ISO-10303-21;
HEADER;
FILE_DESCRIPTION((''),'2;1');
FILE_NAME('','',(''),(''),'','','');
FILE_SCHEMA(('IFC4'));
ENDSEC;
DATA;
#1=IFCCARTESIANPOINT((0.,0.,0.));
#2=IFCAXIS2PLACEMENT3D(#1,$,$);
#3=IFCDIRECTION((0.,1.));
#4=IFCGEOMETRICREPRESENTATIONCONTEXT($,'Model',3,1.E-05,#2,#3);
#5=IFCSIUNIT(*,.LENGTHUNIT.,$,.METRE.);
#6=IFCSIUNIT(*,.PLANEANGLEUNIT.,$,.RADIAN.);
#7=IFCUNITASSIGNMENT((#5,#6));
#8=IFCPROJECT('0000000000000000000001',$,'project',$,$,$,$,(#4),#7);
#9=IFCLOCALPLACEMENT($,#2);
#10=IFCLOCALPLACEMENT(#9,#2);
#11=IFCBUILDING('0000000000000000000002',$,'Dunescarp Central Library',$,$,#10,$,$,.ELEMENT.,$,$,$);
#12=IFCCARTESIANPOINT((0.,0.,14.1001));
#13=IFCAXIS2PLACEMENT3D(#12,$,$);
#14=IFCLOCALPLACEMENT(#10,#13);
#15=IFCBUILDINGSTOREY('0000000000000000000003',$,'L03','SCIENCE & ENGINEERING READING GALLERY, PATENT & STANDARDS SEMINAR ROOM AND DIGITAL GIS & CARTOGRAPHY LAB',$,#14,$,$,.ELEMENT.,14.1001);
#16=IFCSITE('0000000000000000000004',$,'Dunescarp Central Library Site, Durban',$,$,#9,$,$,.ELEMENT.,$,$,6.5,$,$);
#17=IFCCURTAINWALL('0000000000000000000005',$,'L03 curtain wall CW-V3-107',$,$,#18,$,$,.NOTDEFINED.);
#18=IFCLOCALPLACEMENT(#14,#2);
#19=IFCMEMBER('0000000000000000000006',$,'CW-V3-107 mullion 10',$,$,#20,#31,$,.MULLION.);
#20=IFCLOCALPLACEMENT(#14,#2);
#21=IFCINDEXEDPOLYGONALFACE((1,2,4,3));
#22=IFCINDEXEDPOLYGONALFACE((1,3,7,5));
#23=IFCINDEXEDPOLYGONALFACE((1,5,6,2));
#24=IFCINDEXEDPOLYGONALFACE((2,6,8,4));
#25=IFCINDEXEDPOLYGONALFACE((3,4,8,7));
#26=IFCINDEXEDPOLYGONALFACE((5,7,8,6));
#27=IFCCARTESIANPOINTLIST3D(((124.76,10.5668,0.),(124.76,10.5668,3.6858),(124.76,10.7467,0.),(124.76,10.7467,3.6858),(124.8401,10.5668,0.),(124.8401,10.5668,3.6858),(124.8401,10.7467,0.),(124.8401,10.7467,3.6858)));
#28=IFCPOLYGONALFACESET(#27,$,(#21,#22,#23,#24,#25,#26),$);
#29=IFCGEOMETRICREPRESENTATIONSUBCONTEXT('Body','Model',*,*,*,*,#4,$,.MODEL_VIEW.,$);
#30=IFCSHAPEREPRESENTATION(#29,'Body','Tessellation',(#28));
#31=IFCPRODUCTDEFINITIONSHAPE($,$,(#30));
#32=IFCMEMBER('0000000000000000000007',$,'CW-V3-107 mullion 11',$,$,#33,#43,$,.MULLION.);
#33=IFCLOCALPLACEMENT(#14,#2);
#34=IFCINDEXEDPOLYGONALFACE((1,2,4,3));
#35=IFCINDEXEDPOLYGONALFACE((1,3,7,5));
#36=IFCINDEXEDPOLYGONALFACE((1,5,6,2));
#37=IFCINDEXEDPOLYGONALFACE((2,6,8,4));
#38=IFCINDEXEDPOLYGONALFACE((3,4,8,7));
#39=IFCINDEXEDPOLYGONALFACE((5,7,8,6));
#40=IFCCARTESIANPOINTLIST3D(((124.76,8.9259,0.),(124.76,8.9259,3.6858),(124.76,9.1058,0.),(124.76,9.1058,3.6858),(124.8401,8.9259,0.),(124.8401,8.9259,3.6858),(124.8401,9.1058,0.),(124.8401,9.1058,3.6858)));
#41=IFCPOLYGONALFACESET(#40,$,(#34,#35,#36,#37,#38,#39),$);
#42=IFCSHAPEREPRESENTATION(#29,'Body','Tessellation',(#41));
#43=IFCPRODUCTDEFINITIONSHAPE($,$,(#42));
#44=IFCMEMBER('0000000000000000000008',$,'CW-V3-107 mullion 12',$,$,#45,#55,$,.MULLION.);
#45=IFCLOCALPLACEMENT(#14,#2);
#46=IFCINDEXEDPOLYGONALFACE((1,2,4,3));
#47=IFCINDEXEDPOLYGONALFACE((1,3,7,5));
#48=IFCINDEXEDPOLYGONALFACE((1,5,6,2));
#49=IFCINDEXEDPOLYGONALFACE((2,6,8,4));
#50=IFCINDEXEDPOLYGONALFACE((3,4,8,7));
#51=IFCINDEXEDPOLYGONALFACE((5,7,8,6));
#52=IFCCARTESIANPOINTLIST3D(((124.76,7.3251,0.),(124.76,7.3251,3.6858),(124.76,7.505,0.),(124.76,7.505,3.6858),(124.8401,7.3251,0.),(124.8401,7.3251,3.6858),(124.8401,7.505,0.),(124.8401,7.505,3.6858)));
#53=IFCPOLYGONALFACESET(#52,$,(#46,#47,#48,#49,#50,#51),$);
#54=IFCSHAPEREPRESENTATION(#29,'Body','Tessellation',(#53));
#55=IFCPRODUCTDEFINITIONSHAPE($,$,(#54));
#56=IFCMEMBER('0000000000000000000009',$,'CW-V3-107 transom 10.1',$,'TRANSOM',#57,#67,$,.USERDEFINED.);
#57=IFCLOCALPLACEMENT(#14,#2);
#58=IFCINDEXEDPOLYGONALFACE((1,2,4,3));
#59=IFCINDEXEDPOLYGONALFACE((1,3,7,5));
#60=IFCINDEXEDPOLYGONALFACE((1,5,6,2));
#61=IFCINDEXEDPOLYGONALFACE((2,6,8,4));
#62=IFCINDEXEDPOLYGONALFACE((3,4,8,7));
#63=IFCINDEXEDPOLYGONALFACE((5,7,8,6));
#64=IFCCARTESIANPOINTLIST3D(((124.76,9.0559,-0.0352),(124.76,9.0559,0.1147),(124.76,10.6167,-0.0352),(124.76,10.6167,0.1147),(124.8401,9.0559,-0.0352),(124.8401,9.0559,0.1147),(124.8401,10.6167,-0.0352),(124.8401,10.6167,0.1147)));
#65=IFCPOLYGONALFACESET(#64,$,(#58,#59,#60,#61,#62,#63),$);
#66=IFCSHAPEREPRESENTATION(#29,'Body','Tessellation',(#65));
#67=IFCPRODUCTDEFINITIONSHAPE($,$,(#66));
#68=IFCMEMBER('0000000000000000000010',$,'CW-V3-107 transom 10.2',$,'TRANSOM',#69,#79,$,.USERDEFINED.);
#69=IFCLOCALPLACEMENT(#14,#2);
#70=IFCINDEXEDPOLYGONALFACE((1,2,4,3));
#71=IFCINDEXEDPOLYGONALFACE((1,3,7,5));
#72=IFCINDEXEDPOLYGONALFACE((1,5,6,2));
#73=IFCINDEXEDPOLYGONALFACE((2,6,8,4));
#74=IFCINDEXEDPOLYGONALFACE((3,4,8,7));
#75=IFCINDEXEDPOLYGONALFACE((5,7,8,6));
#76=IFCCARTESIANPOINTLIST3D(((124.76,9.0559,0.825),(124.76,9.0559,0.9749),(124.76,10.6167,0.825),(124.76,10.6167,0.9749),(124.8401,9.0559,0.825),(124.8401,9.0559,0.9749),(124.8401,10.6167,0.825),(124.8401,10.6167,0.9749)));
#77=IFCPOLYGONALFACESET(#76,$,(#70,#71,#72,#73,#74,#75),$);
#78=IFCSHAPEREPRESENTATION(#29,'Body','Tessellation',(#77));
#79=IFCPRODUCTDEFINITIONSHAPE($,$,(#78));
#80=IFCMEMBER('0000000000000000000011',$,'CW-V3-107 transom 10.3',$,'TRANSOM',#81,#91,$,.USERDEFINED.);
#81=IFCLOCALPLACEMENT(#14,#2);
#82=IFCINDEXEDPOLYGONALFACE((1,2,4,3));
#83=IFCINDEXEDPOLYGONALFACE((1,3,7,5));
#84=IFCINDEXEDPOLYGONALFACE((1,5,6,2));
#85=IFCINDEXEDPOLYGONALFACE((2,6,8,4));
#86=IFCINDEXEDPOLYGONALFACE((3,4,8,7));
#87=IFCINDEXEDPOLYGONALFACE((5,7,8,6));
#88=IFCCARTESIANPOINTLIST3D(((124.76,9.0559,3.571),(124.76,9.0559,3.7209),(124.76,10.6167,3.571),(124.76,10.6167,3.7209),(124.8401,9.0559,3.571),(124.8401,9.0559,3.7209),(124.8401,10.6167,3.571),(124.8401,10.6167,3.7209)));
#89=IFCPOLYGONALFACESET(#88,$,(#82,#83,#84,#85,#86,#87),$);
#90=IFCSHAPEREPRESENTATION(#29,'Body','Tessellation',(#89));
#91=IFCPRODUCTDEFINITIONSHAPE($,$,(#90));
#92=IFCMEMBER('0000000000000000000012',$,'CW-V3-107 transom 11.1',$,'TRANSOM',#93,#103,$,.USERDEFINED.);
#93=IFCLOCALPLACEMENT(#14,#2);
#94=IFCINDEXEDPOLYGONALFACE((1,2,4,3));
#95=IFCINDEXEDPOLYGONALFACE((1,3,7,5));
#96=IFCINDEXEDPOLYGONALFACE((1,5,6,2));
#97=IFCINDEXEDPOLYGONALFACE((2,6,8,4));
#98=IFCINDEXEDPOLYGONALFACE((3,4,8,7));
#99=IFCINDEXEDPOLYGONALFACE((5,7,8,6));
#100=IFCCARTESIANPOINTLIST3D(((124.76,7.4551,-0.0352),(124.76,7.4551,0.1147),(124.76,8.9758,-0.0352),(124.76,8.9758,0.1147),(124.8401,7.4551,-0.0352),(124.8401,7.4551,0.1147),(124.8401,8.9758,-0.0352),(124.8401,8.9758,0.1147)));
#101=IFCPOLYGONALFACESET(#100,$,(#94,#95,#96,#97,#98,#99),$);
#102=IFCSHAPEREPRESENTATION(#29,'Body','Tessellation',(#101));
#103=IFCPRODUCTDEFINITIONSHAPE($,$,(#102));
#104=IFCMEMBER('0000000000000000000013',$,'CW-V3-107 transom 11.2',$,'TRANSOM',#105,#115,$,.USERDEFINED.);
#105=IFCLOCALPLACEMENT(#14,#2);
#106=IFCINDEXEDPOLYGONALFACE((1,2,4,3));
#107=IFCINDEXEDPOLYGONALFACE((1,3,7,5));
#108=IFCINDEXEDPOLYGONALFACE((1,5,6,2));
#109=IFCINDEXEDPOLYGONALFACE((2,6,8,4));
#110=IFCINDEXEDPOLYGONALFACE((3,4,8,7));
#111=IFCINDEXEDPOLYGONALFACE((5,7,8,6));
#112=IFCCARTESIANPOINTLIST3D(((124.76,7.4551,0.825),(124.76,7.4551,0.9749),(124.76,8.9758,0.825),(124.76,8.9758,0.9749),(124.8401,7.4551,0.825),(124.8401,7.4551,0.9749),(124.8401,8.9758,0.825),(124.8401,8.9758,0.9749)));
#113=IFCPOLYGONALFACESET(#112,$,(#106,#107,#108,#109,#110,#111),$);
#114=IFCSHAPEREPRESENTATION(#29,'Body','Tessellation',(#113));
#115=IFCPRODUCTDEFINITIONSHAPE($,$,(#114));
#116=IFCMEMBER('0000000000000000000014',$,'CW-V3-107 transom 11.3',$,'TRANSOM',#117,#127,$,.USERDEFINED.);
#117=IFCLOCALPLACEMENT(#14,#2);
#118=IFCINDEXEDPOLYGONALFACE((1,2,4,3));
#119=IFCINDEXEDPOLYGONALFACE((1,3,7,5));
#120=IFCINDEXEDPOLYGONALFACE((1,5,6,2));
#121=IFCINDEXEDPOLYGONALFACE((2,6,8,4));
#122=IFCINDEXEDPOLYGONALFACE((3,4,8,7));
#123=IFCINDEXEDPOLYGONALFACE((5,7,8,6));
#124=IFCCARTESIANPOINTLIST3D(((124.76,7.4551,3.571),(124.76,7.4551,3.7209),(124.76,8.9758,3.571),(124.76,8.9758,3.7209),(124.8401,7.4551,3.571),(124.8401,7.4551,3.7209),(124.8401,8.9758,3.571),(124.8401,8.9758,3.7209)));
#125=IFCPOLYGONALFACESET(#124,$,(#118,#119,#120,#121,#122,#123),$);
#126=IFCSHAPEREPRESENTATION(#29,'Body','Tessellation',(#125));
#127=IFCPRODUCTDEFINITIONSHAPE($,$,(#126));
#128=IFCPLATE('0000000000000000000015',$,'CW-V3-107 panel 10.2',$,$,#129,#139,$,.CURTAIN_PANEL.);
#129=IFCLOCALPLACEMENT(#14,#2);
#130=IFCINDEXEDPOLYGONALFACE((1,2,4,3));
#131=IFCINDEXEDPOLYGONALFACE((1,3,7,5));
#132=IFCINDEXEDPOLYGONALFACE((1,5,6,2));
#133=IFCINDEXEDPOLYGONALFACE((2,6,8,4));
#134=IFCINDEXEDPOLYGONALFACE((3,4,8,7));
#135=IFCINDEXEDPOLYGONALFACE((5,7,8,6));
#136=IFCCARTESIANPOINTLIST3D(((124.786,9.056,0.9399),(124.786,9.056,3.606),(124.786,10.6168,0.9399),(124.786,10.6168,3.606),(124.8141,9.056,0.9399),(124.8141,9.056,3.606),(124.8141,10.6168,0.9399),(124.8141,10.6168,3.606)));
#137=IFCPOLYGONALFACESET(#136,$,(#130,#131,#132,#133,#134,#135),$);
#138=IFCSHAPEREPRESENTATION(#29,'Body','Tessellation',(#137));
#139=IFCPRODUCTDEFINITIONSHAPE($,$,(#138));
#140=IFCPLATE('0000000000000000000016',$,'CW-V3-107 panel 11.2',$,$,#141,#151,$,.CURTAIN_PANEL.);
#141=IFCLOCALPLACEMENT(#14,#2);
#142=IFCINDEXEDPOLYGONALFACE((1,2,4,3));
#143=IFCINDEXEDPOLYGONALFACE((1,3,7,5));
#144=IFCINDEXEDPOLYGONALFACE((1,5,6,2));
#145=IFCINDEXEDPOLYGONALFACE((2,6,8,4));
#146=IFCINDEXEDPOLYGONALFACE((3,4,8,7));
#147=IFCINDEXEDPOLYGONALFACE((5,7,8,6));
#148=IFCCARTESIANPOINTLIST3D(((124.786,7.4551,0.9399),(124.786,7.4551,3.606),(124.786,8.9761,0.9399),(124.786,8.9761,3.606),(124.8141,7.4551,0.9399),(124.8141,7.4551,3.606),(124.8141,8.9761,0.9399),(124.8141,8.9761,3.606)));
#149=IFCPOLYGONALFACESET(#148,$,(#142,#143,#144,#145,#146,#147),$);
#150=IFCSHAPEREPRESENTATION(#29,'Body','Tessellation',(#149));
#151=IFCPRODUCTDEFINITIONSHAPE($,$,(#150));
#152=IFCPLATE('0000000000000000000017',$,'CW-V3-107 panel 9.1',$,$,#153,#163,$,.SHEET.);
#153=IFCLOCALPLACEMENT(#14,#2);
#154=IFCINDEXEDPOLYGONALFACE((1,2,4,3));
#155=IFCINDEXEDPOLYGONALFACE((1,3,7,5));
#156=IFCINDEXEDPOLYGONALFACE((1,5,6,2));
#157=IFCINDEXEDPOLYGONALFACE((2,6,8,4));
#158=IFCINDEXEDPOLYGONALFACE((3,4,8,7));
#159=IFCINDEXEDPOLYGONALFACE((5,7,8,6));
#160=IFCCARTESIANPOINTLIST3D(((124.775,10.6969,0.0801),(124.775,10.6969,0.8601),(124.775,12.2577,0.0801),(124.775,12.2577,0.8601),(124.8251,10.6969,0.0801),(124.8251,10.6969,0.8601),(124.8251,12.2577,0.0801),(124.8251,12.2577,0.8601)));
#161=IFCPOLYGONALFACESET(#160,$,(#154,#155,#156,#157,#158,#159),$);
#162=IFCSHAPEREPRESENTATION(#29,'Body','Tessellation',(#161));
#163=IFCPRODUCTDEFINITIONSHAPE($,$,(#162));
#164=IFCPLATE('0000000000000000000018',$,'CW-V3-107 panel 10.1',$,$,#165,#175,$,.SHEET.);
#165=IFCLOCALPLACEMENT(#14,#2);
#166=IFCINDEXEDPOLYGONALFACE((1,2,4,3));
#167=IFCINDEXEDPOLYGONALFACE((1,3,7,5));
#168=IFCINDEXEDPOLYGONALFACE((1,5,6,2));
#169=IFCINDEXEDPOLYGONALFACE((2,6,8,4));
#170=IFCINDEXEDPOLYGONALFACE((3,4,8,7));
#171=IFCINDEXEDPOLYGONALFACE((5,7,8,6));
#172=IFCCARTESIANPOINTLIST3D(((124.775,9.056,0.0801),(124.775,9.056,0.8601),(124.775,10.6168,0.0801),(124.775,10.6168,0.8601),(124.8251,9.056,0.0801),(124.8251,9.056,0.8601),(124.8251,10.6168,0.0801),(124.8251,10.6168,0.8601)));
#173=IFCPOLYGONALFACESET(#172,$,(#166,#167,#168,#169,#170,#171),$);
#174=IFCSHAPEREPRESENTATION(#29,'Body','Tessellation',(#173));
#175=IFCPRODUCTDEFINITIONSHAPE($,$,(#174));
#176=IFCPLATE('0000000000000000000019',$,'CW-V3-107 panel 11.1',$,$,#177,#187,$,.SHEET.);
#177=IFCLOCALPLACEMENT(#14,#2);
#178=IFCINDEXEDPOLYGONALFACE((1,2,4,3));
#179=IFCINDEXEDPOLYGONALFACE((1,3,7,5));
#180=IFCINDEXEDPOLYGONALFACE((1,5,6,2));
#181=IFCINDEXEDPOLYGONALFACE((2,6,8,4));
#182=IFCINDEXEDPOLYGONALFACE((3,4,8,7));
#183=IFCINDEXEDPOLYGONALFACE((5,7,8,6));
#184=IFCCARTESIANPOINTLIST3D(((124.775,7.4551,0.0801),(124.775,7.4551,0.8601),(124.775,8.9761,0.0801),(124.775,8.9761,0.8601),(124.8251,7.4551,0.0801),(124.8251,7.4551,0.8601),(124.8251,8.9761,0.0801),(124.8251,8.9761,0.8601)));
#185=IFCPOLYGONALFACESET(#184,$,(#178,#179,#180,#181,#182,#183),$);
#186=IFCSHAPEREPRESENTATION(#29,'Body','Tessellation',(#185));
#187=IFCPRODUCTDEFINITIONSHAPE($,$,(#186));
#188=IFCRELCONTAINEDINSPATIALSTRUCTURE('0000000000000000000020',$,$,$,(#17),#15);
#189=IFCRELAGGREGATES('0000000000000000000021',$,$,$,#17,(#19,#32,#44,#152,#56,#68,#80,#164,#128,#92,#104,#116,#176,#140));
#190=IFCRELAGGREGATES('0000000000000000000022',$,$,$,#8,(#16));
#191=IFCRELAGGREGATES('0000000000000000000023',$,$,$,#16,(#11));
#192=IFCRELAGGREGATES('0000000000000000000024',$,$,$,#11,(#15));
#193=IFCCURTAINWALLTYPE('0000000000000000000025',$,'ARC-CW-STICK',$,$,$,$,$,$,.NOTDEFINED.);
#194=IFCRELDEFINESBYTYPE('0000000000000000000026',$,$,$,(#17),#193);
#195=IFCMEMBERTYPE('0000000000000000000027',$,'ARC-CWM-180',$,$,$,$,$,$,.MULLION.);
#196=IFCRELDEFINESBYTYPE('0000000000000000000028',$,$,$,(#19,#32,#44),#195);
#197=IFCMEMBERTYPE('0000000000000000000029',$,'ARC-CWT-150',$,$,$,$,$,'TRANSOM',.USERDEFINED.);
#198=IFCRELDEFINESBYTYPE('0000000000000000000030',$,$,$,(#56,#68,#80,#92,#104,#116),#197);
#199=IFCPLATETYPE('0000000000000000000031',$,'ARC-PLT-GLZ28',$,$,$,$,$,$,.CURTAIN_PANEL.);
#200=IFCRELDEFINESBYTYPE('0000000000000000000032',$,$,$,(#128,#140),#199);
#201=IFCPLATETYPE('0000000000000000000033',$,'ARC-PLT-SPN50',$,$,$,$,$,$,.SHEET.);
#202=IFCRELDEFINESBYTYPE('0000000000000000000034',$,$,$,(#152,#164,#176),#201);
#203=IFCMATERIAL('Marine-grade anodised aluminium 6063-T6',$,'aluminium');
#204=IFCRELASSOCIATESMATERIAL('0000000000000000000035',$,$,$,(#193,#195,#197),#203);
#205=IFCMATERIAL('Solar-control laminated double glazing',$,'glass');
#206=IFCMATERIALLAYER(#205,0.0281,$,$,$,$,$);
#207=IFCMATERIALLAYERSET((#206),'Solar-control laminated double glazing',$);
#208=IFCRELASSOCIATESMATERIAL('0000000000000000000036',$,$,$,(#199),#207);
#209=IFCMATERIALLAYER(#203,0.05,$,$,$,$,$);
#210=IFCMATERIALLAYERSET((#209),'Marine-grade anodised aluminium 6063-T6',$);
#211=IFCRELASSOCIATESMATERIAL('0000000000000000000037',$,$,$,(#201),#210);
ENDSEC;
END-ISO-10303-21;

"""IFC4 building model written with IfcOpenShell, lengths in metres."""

from ifc_helpers import new_model, si_unit, direction, frame, origin, origin_2d, place, context, subcontext, project, spatial, rectangle, extrude, material, layer, layer_set, material_profile, profile_set, type_object, element, aggregate, save


model = new_model("IFC4")

# Units and contexts
model_context = context("Model", 3, precision=1e-05, world=origin(), true_north=direction((0.0, 1.0)))
body_context = subcontext(model_context, "Body", "Model", "MODEL_VIEW")
ifc_project = project(units=[si_unit("LENGTHUNIT", "METRE"), si_unit("PLANEANGLEUNIT", "RADIAN")], contexts=[model_context])

# Site, building, storey
site_placement = place(None, origin())
site = spatial("IfcSite", under=ifc_project, at=site_placement, Name="Dunescarp Central Library Site, Durban", CompositionType="ELEMENT", RefElevation=6.5)
building_placement = place(site_placement, origin())
building = spatial("IfcBuilding", under=site, at=building_placement, Name="Dunescarp Central Library", CompositionType="ELEMENT")
storey_placement = place(building_placement, frame((0.0, 0.0, 14.1001)))
storey = spatial("IfcBuildingStorey", under=building, at=storey_placement, Name="L03", Description="SCIENCE & ENGINEERING READING GALLERY, PATENT & STANDARDS SEMINAR ROOM AND DIGITAL GIS & CARTOGRAPHY LAB", CompositionType="ELEMENT", Elevation=14.1001)

# Curtain wall, members, plates
ifc_material_1 = material(Name="Marine-grade anodised aluminium 6063-T6", Category="aluminium")
curtain_wall_type = type_object("IfcCurtainWallType", Name="ARC-CW-STICK", PredefinedType="NOTDEFINED", material=ifc_material_1)
curtain_wall_placement = place(storey_placement, origin())
curtain_wall = element("IfcCurtainWall", 1, at=curtain_wall_placement, inside=storey, type_object=curtain_wall_type, Name="L03 curtain wall CW-V3-107", PredefinedType="NOTDEFINED")
ifc_material_profile_1 = material_profile(ifc_material_1, rectangle(XDim=0.0801, YDim=0.1799, at=origin_2d()), Name="AL 80x180")
ifc_profile_set_1 = profile_set([ifc_material_profile_1], Name="Marine-grade anodised aluminium 6063-T6")
member_type_1 = type_object("IfcMemberType", Name="ARC-CWM-180", PredefinedType="MULLION", material=ifc_profile_set_1)
member_1_placement = place(storey_placement, frame((124.8, 10.6567, 0.0), z_axis=(0.0, 0.0, 1.0), x_axis=(1.0, 0.0, 0.0)))
member_1 = element("IfcMember", 2, at=member_1_placement, type_object=member_type_1, Name="CW-V3-107 mullion 10", PredefinedType="MULLION", context=body_context, shape_type="SweptSolid", body=[
    extrude(rectangle(XDim=0.0801, YDim=0.1799, at=origin_2d()), origin(), (0.0, 0.0, 1.0), 3.6858),
])
member_2_placement = place(storey_placement, frame((124.8, 9.0159, 0.0), z_axis=(0.0, 0.0, 1.0), x_axis=(1.0, 0.0, 0.0)))
member_2 = element("IfcMember", 3, at=member_2_placement, type_object=member_type_1, Name="CW-V3-107 mullion 11", PredefinedType="MULLION", context=body_context, shape_type="SweptSolid", body=[
    extrude(rectangle(XDim=0.0801, YDim=0.1799, at=origin_2d()), origin(), (0.0, 0.0, 1.0), 3.6858),
])
member_3_placement = place(storey_placement, frame((124.8, 7.415, 0.0), z_axis=(0.0, 0.0, 1.0), x_axis=(1.0, 0.0, 0.0)))
member_3 = element("IfcMember", 4, at=member_3_placement, type_object=member_type_1, Name="CW-V3-107 mullion 12", PredefinedType="MULLION", context=body_context, shape_type="SweptSolid", body=[
    extrude(rectangle(XDim=0.0801, YDim=0.1799, at=origin_2d()), origin(), (0.0, 0.0, 1.0), 3.6858),
])
ifc_material_profile_2 = material_profile(ifc_material_1, rectangle(XDim=0.0801, YDim=0.1499, at=origin_2d()), Name="AL 80x150")
ifc_profile_set_2 = profile_set([ifc_material_profile_2], Name="Marine-grade anodised aluminium 6063-T6")
member_type_2 = type_object("IfcMemberType", Name="ARC-CWT-150", ElementType="TRANSOM", PredefinedType="USERDEFINED", material=ifc_profile_set_2)
member_4_placement = place(storey_placement, frame((124.8, 10.6167, 0.0398), z_axis=(0.0, -1.0, 0.0), x_axis=(1.0, 0.0, 0.0)))
member_4 = element("IfcMember", 5, at=member_4_placement, type_object=member_type_2, Name="CW-V3-107 transom 10.1", ObjectType="TRANSOM", PredefinedType="USERDEFINED", context=body_context, shape_type="SweptSolid", body=[
    extrude(rectangle(XDim=0.0801, YDim=0.1499, at=origin_2d()), origin(), (0.0, 0.0, 1.0), 1.5608),
])
member_5_placement = place(storey_placement, frame((124.8, 10.6167, 0.8999), z_axis=(0.0, -1.0, 0.0), x_axis=(1.0, 0.0, 0.0)))
member_5 = element("IfcMember", 6, at=member_5_placement, type_object=member_type_2, Name="CW-V3-107 transom 10.2", ObjectType="TRANSOM", PredefinedType="USERDEFINED", context=body_context, shape_type="SweptSolid", body=[
    extrude(rectangle(XDim=0.0801, YDim=0.1499, at=origin_2d()), origin(), (0.0, 0.0, 1.0), 1.5608),
])
member_6_placement = place(storey_placement, frame((124.8, 10.6167, 3.646), z_axis=(0.0, -1.0, 0.0), x_axis=(1.0, 0.0, 0.0)))
member_6 = element("IfcMember", 7, at=member_6_placement, type_object=member_type_2, Name="CW-V3-107 transom 10.3", ObjectType="TRANSOM", PredefinedType="USERDEFINED", context=body_context, shape_type="SweptSolid", body=[
    extrude(rectangle(XDim=0.0801, YDim=0.1499, at=origin_2d()), origin(), (0.0, 0.0, 1.0), 1.5608),
])
member_7_placement = place(storey_placement, frame((124.8, 8.9758, 0.0398), z_axis=(0.0, -1.0, 0.0), x_axis=(1.0, 0.0, 0.0)))
member_7 = element("IfcMember", 8, at=member_7_placement, type_object=member_type_2, Name="CW-V3-107 transom 11.1", ObjectType="TRANSOM", PredefinedType="USERDEFINED", context=body_context, shape_type="SweptSolid", body=[
    extrude(rectangle(XDim=0.0801, YDim=0.1499, at=origin_2d()), origin(), (0.0, 0.0, 1.0), 1.5208),
])
member_8_placement = place(storey_placement, frame((124.8, 8.9758, 0.8999), z_axis=(0.0, -1.0, 0.0), x_axis=(1.0, 0.0, 0.0)))
member_8 = element("IfcMember", 9, at=member_8_placement, type_object=member_type_2, Name="CW-V3-107 transom 11.2", ObjectType="TRANSOM", PredefinedType="USERDEFINED", context=body_context, shape_type="SweptSolid", body=[
    extrude(rectangle(XDim=0.0801, YDim=0.1499, at=origin_2d()), origin(), (0.0, 0.0, 1.0), 1.5208),
])
member_9_placement = place(storey_placement, frame((124.8, 8.9758, 3.646), z_axis=(0.0, -1.0, 0.0), x_axis=(1.0, 0.0, 0.0)))
member_9 = element("IfcMember", 10, at=member_9_placement, type_object=member_type_2, Name="CW-V3-107 transom 11.3", ObjectType="TRANSOM", PredefinedType="USERDEFINED", context=body_context, shape_type="SweptSolid", body=[
    extrude(rectangle(XDim=0.0801, YDim=0.1499, at=origin_2d()), origin(), (0.0, 0.0, 1.0), 1.5208),
])
ifc_material_2 = material(Name="Solar-control laminated double glazing", Category="glass")
ifc_layer_1 = layer(ifc_material_2, 0.0281)
ifc_layer_set_1 = layer_set([ifc_layer_1], Name="Solar-control laminated double glazing")
plate_type_1 = type_object("IfcPlateType", Name="ARC-PLT-GLZ28", PredefinedType="CURTAIN_PANEL", material=ifc_layer_set_1)
plate_1_placement = place(storey_placement, frame((124.8, 9.8364, 0.9399), z_axis=(0.0, 0.0, 1.0), x_axis=(0.0, -1.0, 0.0)))
plate_1 = element("IfcPlate", 11, at=plate_1_placement, type_object=plate_type_1, Name="CW-V3-107 panel 10.2", PredefinedType="CURTAIN_PANEL", context=body_context, shape_type="SweptSolid", body=[
    extrude(rectangle(XDim=1.5608, YDim=0.0281, at=origin_2d()), origin(), (0.0, 0.0, 1.0), 2.666),
])
plate_2_placement = place(storey_placement, frame((124.8, 8.2156, 0.9399), z_axis=(0.0, 0.0, 1.0), x_axis=(0.0, -1.0, 0.0)))
plate_2 = element("IfcPlate", 12, at=plate_2_placement, type_object=plate_type_1, Name="CW-V3-107 panel 11.2", PredefinedType="CURTAIN_PANEL", context=body_context, shape_type="SweptSolid", body=[
    extrude(rectangle(XDim=1.521, YDim=0.0281, at=origin_2d()), origin(), (0.0, 0.0, 1.0), 2.666),
])
ifc_layer_2 = layer(ifc_material_1, 0.05)
ifc_layer_set_2 = layer_set([ifc_layer_2], Name="Marine-grade anodised aluminium 6063-T6")
plate_type_2 = type_object("IfcPlateType", Name="ARC-PLT-SPN50", PredefinedType="SHEET", material=ifc_layer_set_2)
plate_3_placement = place(storey_placement, frame((124.8, 11.4773, 0.0801), z_axis=(0.0, 0.0, 1.0), x_axis=(0.0, -1.0, 0.0)))
plate_3 = element("IfcPlate", 13, at=plate_3_placement, type_object=plate_type_2, Name="CW-V3-107 panel 9.1", PredefinedType="SHEET", context=body_context, shape_type="SweptSolid", body=[
    extrude(rectangle(XDim=1.5608, YDim=0.05, at=origin_2d()), origin(), (0.0, 0.0, 1.0), 0.78),
])
plate_4_placement = place(storey_placement, frame((124.8, 9.8364, 0.0801), z_axis=(0.0, 0.0, 1.0), x_axis=(0.0, -1.0, 0.0)))
plate_4 = element("IfcPlate", 14, at=plate_4_placement, type_object=plate_type_2, Name="CW-V3-107 panel 10.1", PredefinedType="SHEET", context=body_context, shape_type="SweptSolid", body=[
    extrude(rectangle(XDim=1.5608, YDim=0.05, at=origin_2d()), origin(), (0.0, 0.0, 1.0), 0.78),
])
plate_5_placement = place(storey_placement, frame((124.8, 8.2156, 0.0801), z_axis=(0.0, 0.0, 1.0), x_axis=(0.0, -1.0, 0.0)))
plate_5 = element("IfcPlate", 15, at=plate_5_placement, type_object=plate_type_2, Name="CW-V3-107 panel 11.1", PredefinedType="SHEET", context=body_context, shape_type="SweptSolid", body=[
    extrude(rectangle(XDim=1.521, YDim=0.05, at=origin_2d()), origin(), (0.0, 0.0, 1.0), 0.78),
])
aggregate(curtain_wall, [member_1, member_2, member_3, plate_3, member_4, member_5, member_6, plate_4, plate_1, member_7, member_8, member_9, plate_5, plate_2])

save(model, "model.ifc")
